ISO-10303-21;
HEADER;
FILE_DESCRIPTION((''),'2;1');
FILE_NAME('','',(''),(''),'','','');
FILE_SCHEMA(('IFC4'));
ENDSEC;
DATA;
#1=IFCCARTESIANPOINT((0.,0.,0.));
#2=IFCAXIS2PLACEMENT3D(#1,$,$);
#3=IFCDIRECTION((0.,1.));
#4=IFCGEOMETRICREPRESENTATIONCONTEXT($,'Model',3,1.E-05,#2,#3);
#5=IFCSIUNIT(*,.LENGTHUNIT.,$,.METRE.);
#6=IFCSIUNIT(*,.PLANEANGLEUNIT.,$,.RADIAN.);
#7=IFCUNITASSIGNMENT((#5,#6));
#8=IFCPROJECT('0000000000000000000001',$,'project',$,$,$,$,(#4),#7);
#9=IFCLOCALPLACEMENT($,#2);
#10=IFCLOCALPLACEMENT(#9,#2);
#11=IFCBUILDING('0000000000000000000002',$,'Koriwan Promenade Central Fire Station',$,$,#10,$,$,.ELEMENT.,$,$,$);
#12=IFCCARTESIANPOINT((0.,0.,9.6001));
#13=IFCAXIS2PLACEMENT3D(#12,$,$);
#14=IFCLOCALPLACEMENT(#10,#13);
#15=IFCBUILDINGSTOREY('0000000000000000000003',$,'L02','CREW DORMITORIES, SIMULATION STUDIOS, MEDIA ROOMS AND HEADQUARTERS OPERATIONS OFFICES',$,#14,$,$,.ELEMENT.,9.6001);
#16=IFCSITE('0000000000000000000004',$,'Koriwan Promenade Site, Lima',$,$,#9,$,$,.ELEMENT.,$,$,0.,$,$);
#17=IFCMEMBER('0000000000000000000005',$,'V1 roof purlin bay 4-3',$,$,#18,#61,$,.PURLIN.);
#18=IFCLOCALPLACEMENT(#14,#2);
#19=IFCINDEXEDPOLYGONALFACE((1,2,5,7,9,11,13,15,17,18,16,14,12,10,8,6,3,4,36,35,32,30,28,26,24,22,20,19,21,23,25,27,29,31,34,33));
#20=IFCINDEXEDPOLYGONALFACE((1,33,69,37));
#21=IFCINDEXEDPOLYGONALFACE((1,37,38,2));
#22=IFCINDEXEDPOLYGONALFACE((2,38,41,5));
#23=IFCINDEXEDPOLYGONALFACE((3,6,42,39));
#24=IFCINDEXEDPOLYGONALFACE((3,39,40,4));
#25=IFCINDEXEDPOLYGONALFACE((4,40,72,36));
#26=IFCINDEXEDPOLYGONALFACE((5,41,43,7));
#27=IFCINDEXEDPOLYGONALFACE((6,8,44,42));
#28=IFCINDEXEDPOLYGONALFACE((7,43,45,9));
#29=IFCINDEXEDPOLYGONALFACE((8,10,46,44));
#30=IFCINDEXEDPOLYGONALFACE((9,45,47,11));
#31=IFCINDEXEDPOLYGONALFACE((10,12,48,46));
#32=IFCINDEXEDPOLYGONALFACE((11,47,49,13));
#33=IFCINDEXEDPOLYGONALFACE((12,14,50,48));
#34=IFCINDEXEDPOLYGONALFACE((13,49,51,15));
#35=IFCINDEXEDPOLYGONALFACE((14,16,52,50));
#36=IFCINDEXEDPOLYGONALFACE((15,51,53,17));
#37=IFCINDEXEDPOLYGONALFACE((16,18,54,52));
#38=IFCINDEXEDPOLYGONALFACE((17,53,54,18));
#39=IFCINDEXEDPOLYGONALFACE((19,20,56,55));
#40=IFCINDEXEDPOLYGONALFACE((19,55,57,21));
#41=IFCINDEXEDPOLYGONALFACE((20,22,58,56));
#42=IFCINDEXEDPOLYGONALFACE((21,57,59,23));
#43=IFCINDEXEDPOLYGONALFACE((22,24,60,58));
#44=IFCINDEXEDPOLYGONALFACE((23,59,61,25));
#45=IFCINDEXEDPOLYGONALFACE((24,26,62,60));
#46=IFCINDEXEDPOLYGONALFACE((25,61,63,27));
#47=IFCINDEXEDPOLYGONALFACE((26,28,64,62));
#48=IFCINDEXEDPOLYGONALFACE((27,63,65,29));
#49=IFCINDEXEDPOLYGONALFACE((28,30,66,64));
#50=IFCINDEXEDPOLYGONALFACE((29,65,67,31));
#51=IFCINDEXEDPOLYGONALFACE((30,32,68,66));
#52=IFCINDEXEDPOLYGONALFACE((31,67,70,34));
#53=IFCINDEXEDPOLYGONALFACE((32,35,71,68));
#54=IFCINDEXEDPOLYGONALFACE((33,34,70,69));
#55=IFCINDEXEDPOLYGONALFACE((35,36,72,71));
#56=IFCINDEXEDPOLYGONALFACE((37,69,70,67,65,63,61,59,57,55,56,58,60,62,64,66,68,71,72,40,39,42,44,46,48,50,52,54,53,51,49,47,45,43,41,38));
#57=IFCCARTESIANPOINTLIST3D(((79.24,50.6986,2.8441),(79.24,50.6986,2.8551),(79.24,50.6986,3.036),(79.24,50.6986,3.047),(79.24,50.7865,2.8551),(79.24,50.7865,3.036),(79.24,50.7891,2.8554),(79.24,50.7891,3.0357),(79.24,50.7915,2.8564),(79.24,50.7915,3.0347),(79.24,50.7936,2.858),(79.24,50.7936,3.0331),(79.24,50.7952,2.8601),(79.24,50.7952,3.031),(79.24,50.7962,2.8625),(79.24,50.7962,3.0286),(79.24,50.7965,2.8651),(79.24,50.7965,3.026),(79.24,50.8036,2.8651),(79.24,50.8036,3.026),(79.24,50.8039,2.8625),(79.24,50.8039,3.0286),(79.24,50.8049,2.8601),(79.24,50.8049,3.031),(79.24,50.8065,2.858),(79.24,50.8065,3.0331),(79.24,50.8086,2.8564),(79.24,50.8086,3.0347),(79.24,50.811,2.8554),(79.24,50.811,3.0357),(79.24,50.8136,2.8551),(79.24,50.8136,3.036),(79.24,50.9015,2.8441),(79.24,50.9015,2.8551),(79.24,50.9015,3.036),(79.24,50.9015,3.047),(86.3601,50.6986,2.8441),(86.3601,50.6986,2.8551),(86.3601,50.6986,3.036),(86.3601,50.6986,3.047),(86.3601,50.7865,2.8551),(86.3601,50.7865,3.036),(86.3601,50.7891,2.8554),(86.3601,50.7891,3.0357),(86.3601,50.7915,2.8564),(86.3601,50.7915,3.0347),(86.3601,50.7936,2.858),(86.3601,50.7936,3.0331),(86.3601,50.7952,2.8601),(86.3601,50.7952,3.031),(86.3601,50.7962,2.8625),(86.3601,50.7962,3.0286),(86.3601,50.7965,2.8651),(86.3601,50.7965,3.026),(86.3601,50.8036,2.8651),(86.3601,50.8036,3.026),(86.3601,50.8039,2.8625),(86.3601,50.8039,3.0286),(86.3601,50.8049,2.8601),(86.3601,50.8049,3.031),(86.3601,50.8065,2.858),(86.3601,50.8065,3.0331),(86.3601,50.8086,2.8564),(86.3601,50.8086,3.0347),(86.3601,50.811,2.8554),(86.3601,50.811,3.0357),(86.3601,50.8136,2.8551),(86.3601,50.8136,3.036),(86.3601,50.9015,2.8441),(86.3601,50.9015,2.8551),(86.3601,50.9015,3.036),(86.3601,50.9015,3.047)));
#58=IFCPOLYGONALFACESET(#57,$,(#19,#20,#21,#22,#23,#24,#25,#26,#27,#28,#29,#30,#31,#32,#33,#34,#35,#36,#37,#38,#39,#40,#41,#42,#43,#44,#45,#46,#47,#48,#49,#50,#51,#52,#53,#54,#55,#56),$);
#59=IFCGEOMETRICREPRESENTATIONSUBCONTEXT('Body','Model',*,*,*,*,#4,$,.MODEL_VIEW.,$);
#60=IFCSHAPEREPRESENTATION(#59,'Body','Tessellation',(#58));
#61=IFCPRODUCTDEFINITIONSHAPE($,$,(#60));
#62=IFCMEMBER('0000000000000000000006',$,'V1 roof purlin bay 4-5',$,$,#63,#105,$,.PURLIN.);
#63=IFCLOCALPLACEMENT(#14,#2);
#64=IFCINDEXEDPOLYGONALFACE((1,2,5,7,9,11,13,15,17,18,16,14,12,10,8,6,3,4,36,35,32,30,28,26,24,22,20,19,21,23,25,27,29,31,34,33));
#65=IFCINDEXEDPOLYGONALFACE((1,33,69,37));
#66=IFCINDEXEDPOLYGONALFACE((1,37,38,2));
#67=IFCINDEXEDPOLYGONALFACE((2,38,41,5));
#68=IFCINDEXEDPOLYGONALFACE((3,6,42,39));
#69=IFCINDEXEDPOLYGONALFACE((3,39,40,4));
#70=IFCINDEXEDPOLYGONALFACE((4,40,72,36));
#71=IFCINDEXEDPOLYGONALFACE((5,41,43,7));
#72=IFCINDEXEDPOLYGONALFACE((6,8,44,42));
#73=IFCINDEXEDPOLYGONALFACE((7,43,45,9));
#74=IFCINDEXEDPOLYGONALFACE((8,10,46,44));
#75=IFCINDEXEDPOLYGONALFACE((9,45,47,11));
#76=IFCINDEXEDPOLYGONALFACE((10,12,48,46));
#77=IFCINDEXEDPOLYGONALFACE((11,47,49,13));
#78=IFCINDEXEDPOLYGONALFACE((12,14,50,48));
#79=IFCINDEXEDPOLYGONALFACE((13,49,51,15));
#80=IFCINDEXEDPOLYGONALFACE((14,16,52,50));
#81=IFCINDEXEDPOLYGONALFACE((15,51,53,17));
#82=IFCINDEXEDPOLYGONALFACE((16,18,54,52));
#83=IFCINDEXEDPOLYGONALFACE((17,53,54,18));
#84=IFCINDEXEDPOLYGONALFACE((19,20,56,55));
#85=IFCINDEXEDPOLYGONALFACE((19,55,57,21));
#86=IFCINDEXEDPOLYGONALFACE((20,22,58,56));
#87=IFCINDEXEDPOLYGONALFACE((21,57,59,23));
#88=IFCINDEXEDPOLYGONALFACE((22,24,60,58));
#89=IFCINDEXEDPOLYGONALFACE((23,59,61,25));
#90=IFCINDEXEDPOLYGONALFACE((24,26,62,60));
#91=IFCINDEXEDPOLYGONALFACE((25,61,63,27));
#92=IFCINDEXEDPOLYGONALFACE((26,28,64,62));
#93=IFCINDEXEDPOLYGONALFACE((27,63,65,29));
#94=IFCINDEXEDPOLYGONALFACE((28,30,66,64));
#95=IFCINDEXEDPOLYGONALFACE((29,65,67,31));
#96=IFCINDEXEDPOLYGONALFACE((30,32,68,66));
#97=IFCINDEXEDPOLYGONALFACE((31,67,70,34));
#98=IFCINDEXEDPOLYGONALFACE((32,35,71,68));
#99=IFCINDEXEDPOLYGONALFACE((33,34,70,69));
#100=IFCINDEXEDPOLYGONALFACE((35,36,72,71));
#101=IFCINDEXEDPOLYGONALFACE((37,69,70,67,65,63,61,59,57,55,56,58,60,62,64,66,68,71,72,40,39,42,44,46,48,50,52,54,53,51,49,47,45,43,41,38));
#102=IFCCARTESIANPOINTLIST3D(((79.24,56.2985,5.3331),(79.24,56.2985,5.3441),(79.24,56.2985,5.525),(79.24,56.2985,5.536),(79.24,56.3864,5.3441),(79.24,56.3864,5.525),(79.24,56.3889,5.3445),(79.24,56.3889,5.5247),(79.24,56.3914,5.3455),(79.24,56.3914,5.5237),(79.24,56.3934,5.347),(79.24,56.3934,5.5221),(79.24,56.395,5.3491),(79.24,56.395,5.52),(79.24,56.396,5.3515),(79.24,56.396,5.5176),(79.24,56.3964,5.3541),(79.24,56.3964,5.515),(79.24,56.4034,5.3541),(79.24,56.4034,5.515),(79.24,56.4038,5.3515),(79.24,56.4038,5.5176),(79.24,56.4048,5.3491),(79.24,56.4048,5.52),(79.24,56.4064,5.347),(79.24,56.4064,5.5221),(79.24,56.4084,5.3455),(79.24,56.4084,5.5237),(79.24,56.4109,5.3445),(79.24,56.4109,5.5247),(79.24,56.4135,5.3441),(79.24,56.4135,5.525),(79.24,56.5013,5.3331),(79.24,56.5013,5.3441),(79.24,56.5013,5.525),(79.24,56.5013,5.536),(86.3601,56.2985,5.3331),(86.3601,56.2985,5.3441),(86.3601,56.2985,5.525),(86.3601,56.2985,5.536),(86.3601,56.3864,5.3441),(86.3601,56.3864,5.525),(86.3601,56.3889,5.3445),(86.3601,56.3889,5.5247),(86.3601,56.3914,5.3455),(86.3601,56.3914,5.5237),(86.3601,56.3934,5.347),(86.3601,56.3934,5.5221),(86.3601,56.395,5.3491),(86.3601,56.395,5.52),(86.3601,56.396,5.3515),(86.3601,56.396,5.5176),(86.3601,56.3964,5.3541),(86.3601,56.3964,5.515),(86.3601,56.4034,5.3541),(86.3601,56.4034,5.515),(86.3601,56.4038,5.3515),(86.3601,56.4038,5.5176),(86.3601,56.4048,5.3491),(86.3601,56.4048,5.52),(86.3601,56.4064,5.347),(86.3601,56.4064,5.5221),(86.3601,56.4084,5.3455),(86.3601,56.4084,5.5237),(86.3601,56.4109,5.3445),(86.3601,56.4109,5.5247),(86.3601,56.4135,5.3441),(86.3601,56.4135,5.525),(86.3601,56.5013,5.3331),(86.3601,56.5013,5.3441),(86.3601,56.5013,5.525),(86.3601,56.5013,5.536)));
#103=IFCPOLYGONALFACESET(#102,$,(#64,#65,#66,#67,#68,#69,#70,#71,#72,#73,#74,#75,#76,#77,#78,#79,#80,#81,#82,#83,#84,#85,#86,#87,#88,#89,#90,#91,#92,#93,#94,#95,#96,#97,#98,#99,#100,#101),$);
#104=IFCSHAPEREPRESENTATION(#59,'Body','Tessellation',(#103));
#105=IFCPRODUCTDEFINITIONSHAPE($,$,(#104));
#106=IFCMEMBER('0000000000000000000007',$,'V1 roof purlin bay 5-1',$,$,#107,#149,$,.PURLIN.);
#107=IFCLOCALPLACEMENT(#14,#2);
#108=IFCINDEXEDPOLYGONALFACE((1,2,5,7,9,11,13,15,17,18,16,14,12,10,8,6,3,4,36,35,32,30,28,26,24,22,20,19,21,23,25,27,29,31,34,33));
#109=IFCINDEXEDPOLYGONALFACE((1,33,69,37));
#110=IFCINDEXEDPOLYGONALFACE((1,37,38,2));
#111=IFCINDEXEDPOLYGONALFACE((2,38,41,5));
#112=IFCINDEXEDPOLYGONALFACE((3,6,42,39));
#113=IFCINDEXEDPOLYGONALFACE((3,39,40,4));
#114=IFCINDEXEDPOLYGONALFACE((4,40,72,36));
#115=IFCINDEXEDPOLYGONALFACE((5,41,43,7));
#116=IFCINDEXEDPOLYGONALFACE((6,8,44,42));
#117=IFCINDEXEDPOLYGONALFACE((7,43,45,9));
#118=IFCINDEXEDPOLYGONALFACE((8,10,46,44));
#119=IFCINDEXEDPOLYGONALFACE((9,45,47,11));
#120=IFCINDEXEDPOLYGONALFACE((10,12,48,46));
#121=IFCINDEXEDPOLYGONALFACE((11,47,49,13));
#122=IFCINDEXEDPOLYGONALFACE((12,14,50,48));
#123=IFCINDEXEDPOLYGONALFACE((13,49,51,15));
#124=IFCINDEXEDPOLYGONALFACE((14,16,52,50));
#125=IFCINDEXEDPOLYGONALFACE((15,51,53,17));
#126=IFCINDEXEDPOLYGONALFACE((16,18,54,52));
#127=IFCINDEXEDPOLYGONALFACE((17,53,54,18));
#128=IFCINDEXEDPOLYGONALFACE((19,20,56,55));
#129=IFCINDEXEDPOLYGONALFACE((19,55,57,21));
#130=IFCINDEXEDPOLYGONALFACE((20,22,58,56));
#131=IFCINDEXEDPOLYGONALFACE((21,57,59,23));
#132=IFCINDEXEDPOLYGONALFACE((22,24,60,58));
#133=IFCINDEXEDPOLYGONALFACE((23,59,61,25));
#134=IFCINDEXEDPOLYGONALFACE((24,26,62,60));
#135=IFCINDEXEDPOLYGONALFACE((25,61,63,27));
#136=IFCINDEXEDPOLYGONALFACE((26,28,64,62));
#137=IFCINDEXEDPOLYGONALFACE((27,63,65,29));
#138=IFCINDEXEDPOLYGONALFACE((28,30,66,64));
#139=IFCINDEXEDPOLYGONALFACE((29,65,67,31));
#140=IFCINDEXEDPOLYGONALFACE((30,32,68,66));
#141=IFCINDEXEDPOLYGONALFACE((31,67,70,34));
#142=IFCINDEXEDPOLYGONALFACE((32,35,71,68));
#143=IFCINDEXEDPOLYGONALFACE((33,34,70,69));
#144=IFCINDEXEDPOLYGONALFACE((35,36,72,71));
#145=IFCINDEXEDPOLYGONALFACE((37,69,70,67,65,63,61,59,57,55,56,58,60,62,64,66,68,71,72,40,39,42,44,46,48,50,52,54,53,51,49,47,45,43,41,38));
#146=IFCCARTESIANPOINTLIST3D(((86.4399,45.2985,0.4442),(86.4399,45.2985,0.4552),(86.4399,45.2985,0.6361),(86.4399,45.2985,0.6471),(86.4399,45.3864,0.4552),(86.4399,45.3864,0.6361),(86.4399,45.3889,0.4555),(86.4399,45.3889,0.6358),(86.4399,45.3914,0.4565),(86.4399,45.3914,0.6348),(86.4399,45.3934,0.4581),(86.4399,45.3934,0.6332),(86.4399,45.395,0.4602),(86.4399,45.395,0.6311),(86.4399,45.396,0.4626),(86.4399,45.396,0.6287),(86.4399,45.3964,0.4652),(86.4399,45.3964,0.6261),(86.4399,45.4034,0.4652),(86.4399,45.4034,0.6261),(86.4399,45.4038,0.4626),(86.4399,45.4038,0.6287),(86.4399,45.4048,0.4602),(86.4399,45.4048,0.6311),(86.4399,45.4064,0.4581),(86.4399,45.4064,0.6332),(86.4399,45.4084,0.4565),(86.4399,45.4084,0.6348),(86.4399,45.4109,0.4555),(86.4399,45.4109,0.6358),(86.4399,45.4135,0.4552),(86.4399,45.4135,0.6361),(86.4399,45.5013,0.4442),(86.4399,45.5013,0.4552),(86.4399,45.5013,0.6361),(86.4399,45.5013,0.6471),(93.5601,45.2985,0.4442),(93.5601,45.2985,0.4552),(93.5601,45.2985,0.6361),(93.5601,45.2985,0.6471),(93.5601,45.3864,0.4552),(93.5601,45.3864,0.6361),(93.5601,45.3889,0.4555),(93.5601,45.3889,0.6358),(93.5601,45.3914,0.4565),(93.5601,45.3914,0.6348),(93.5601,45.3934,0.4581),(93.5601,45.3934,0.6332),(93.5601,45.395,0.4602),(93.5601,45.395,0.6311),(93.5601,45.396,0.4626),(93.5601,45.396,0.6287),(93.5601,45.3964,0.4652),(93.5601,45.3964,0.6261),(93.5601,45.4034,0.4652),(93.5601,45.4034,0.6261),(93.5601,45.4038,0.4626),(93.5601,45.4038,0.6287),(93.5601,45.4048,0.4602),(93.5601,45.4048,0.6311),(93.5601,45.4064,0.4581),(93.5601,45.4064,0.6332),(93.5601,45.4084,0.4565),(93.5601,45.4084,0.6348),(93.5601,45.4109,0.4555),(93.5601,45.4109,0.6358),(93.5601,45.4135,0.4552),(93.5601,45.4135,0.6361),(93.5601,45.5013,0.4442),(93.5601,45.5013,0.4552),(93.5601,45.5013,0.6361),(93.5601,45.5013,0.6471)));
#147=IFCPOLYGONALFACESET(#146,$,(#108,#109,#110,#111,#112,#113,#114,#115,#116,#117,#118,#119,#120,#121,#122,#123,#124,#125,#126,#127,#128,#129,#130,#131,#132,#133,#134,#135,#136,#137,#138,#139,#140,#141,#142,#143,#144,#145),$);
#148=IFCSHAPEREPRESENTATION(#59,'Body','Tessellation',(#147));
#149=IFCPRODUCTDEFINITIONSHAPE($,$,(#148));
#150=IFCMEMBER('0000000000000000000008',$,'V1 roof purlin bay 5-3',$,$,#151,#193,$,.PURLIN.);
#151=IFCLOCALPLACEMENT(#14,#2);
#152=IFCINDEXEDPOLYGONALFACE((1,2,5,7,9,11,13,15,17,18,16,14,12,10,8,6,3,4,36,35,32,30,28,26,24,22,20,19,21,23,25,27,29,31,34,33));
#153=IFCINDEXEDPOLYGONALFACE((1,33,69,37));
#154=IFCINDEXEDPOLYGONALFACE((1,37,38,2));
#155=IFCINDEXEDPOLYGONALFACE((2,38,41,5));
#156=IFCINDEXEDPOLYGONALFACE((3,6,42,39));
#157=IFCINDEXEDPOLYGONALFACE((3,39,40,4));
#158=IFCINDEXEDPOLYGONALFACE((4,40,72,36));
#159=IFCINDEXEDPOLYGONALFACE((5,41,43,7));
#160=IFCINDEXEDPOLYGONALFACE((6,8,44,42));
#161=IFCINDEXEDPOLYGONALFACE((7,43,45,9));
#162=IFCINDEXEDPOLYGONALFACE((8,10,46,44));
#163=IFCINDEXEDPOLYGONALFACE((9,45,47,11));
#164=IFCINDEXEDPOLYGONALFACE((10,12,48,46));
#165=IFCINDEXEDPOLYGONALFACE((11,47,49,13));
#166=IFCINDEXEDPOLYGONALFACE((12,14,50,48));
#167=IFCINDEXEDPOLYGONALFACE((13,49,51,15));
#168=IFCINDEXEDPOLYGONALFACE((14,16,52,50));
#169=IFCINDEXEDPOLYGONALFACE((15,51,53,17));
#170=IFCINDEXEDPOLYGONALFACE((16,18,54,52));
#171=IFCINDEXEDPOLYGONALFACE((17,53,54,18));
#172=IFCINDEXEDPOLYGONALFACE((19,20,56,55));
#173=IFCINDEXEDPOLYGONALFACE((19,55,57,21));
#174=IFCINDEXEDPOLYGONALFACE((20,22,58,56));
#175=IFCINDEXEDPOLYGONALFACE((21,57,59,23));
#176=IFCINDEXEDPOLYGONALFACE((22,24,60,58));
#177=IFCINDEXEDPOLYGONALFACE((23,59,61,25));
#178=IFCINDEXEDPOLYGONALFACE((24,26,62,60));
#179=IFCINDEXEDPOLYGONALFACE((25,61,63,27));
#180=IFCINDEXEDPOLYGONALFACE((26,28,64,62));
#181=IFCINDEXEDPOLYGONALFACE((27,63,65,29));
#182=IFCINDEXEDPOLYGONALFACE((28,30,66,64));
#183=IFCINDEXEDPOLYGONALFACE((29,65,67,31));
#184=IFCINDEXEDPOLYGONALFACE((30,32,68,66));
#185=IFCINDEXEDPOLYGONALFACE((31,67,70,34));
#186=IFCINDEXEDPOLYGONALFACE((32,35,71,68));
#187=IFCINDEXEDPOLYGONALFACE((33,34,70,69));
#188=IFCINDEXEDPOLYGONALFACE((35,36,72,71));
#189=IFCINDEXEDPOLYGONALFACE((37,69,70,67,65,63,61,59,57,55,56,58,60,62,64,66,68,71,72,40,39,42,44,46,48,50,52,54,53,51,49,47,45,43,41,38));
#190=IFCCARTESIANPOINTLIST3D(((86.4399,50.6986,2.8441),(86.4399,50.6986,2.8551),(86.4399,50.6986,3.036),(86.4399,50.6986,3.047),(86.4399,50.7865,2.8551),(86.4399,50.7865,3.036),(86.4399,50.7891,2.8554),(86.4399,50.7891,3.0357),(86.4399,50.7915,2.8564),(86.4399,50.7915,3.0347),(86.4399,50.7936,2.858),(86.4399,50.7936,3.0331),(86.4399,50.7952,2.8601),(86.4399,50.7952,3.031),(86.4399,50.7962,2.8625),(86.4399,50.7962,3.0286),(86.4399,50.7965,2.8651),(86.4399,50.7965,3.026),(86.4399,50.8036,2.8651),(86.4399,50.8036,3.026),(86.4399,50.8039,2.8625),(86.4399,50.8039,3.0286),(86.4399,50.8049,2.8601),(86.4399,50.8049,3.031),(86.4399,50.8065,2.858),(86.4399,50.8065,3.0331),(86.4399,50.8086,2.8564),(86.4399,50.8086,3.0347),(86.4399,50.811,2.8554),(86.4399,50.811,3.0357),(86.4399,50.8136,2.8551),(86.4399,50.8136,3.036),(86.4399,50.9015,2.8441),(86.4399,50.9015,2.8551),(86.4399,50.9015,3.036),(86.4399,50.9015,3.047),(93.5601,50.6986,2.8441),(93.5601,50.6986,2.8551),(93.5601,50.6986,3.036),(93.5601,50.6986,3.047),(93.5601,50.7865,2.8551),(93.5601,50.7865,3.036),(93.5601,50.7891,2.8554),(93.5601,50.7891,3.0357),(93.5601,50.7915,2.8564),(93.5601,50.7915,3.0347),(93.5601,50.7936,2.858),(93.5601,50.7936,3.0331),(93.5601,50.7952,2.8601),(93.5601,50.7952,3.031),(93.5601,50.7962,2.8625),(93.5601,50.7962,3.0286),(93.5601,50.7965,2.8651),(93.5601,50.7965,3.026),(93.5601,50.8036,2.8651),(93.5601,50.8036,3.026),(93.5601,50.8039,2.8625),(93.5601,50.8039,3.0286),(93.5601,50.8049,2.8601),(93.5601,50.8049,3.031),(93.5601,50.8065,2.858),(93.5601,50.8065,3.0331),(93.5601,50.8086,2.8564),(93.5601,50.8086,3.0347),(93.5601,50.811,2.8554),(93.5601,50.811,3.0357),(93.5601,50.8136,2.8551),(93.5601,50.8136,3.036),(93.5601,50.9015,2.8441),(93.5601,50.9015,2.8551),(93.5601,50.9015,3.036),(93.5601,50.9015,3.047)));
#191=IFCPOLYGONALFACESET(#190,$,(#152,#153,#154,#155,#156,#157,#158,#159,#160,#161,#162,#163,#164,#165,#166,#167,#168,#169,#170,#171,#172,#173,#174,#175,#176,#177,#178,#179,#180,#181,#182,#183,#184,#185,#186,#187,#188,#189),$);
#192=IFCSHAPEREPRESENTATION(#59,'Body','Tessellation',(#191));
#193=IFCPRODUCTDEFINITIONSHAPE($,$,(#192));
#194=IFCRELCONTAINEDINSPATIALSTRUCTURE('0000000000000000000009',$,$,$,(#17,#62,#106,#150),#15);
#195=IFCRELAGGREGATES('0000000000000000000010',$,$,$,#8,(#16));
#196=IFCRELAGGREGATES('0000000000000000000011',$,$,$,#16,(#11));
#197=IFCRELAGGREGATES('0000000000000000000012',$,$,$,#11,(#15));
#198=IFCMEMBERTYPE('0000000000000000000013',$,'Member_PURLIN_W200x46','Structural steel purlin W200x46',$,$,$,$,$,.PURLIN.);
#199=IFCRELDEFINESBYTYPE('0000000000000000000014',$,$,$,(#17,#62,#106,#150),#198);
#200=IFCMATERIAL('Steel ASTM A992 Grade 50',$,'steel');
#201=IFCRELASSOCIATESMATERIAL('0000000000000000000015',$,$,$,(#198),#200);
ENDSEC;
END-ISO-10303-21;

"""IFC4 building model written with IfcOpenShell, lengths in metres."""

from ifc_helpers import new_model, si_unit, direction, frame, origin, origin_2d, place, context, subcontext, project, spatial, i_section, extrude, material, material_profile, profile_set, type_object, element, save


model = new_model("IFC4")

# Units and contexts
model_context = context("Model", 3, precision=1e-05, world=origin(), true_north=direction((0.0, 1.0)))
body_context = subcontext(model_context, "Body", "Model", "MODEL_VIEW")
ifc_project = project(units=[si_unit("LENGTHUNIT", "METRE"), si_unit("PLANEANGLEUNIT", "RADIAN")], contexts=[model_context])

# Site, building, storey
site_placement = place(None, origin())
site = spatial("IfcSite", under=ifc_project, at=site_placement, Name="Koriwan Promenade Site, Lima", CompositionType="ELEMENT", RefElevation=0.0)
building_placement = place(site_placement, origin())
building = spatial("IfcBuilding", under=site, at=building_placement, Name="Koriwan Promenade Central Fire Station", CompositionType="ELEMENT")
storey_placement = place(building_placement, frame((0.0, 0.0, 9.6001)))
storey = spatial("IfcBuildingStorey", under=building, at=storey_placement, Name="L02", Description="CREW DORMITORIES, SIMULATION STUDIOS, MEDIA ROOMS AND HEADQUARTERS OPERATIONS OFFICES", CompositionType="ELEMENT", Elevation=9.6001)

# Members
ifc_material_1 = material(Name="Steel ASTM A992 Grade 50", Category="steel")
ifc_material_profile_1 = material_profile(ifc_material_1, i_section(OverallWidth=0.2029, OverallDepth=0.2029, WebThickness=0.0071, FlangeThickness=0.011, FilletRadius=0.01, at=origin_2d()), Name="W200x46")
ifc_profile_set_1 = profile_set([ifc_material_profile_1], Name="Steel ASTM A992 Grade 50")
member_type_1 = type_object("IfcMemberType", Name="Member_PURLIN_W200x46", Description="Structural steel purlin W200x46", PredefinedType="PURLIN", material=ifc_profile_set_1)
for number, where, z_axis, x_axis, name in (
    (1, (79.24, 50.8, 2.9456), (1.0, 0.0, 0.0), (0.0, 1.0, 0.0), "V1 roof purlin bay 4-3"),
    (2, (79.24, 56.3999, 5.4346), (1.0, 0.0, 0.0), (0.0, 1.0, 0.0), "V1 roof purlin bay 4-5"),
    (3, (86.4399, 45.3999, 0.5457), (1.0, 0.0, 0.0), (0.0, 1.0, 0.0), "V1 roof purlin bay 5-1"),
    (4, (86.4399, 50.8, 2.9456), (1.0, 0.0, 0.0), (0.0, 1.0, 0.0), "V1 roof purlin bay 5-3"),
):
    element("IfcMember", number, at=place(storey_placement, frame(where, z_axis=z_axis, x_axis=x_axis)), inside=storey, type_object=member_type_1, Name=name, PredefinedType="PURLIN", context=body_context, shape_type="SweptSolid", body=[
        extrude(i_section(OverallWidth=0.2029, OverallDepth=0.2029, WebThickness=0.0071, FlangeThickness=0.011, FilletRadius=0.01, at=origin_2d()), origin(), (0.0, 0.0, 1.0), 7.1201),
    ])

save(model, "model.ifc")
